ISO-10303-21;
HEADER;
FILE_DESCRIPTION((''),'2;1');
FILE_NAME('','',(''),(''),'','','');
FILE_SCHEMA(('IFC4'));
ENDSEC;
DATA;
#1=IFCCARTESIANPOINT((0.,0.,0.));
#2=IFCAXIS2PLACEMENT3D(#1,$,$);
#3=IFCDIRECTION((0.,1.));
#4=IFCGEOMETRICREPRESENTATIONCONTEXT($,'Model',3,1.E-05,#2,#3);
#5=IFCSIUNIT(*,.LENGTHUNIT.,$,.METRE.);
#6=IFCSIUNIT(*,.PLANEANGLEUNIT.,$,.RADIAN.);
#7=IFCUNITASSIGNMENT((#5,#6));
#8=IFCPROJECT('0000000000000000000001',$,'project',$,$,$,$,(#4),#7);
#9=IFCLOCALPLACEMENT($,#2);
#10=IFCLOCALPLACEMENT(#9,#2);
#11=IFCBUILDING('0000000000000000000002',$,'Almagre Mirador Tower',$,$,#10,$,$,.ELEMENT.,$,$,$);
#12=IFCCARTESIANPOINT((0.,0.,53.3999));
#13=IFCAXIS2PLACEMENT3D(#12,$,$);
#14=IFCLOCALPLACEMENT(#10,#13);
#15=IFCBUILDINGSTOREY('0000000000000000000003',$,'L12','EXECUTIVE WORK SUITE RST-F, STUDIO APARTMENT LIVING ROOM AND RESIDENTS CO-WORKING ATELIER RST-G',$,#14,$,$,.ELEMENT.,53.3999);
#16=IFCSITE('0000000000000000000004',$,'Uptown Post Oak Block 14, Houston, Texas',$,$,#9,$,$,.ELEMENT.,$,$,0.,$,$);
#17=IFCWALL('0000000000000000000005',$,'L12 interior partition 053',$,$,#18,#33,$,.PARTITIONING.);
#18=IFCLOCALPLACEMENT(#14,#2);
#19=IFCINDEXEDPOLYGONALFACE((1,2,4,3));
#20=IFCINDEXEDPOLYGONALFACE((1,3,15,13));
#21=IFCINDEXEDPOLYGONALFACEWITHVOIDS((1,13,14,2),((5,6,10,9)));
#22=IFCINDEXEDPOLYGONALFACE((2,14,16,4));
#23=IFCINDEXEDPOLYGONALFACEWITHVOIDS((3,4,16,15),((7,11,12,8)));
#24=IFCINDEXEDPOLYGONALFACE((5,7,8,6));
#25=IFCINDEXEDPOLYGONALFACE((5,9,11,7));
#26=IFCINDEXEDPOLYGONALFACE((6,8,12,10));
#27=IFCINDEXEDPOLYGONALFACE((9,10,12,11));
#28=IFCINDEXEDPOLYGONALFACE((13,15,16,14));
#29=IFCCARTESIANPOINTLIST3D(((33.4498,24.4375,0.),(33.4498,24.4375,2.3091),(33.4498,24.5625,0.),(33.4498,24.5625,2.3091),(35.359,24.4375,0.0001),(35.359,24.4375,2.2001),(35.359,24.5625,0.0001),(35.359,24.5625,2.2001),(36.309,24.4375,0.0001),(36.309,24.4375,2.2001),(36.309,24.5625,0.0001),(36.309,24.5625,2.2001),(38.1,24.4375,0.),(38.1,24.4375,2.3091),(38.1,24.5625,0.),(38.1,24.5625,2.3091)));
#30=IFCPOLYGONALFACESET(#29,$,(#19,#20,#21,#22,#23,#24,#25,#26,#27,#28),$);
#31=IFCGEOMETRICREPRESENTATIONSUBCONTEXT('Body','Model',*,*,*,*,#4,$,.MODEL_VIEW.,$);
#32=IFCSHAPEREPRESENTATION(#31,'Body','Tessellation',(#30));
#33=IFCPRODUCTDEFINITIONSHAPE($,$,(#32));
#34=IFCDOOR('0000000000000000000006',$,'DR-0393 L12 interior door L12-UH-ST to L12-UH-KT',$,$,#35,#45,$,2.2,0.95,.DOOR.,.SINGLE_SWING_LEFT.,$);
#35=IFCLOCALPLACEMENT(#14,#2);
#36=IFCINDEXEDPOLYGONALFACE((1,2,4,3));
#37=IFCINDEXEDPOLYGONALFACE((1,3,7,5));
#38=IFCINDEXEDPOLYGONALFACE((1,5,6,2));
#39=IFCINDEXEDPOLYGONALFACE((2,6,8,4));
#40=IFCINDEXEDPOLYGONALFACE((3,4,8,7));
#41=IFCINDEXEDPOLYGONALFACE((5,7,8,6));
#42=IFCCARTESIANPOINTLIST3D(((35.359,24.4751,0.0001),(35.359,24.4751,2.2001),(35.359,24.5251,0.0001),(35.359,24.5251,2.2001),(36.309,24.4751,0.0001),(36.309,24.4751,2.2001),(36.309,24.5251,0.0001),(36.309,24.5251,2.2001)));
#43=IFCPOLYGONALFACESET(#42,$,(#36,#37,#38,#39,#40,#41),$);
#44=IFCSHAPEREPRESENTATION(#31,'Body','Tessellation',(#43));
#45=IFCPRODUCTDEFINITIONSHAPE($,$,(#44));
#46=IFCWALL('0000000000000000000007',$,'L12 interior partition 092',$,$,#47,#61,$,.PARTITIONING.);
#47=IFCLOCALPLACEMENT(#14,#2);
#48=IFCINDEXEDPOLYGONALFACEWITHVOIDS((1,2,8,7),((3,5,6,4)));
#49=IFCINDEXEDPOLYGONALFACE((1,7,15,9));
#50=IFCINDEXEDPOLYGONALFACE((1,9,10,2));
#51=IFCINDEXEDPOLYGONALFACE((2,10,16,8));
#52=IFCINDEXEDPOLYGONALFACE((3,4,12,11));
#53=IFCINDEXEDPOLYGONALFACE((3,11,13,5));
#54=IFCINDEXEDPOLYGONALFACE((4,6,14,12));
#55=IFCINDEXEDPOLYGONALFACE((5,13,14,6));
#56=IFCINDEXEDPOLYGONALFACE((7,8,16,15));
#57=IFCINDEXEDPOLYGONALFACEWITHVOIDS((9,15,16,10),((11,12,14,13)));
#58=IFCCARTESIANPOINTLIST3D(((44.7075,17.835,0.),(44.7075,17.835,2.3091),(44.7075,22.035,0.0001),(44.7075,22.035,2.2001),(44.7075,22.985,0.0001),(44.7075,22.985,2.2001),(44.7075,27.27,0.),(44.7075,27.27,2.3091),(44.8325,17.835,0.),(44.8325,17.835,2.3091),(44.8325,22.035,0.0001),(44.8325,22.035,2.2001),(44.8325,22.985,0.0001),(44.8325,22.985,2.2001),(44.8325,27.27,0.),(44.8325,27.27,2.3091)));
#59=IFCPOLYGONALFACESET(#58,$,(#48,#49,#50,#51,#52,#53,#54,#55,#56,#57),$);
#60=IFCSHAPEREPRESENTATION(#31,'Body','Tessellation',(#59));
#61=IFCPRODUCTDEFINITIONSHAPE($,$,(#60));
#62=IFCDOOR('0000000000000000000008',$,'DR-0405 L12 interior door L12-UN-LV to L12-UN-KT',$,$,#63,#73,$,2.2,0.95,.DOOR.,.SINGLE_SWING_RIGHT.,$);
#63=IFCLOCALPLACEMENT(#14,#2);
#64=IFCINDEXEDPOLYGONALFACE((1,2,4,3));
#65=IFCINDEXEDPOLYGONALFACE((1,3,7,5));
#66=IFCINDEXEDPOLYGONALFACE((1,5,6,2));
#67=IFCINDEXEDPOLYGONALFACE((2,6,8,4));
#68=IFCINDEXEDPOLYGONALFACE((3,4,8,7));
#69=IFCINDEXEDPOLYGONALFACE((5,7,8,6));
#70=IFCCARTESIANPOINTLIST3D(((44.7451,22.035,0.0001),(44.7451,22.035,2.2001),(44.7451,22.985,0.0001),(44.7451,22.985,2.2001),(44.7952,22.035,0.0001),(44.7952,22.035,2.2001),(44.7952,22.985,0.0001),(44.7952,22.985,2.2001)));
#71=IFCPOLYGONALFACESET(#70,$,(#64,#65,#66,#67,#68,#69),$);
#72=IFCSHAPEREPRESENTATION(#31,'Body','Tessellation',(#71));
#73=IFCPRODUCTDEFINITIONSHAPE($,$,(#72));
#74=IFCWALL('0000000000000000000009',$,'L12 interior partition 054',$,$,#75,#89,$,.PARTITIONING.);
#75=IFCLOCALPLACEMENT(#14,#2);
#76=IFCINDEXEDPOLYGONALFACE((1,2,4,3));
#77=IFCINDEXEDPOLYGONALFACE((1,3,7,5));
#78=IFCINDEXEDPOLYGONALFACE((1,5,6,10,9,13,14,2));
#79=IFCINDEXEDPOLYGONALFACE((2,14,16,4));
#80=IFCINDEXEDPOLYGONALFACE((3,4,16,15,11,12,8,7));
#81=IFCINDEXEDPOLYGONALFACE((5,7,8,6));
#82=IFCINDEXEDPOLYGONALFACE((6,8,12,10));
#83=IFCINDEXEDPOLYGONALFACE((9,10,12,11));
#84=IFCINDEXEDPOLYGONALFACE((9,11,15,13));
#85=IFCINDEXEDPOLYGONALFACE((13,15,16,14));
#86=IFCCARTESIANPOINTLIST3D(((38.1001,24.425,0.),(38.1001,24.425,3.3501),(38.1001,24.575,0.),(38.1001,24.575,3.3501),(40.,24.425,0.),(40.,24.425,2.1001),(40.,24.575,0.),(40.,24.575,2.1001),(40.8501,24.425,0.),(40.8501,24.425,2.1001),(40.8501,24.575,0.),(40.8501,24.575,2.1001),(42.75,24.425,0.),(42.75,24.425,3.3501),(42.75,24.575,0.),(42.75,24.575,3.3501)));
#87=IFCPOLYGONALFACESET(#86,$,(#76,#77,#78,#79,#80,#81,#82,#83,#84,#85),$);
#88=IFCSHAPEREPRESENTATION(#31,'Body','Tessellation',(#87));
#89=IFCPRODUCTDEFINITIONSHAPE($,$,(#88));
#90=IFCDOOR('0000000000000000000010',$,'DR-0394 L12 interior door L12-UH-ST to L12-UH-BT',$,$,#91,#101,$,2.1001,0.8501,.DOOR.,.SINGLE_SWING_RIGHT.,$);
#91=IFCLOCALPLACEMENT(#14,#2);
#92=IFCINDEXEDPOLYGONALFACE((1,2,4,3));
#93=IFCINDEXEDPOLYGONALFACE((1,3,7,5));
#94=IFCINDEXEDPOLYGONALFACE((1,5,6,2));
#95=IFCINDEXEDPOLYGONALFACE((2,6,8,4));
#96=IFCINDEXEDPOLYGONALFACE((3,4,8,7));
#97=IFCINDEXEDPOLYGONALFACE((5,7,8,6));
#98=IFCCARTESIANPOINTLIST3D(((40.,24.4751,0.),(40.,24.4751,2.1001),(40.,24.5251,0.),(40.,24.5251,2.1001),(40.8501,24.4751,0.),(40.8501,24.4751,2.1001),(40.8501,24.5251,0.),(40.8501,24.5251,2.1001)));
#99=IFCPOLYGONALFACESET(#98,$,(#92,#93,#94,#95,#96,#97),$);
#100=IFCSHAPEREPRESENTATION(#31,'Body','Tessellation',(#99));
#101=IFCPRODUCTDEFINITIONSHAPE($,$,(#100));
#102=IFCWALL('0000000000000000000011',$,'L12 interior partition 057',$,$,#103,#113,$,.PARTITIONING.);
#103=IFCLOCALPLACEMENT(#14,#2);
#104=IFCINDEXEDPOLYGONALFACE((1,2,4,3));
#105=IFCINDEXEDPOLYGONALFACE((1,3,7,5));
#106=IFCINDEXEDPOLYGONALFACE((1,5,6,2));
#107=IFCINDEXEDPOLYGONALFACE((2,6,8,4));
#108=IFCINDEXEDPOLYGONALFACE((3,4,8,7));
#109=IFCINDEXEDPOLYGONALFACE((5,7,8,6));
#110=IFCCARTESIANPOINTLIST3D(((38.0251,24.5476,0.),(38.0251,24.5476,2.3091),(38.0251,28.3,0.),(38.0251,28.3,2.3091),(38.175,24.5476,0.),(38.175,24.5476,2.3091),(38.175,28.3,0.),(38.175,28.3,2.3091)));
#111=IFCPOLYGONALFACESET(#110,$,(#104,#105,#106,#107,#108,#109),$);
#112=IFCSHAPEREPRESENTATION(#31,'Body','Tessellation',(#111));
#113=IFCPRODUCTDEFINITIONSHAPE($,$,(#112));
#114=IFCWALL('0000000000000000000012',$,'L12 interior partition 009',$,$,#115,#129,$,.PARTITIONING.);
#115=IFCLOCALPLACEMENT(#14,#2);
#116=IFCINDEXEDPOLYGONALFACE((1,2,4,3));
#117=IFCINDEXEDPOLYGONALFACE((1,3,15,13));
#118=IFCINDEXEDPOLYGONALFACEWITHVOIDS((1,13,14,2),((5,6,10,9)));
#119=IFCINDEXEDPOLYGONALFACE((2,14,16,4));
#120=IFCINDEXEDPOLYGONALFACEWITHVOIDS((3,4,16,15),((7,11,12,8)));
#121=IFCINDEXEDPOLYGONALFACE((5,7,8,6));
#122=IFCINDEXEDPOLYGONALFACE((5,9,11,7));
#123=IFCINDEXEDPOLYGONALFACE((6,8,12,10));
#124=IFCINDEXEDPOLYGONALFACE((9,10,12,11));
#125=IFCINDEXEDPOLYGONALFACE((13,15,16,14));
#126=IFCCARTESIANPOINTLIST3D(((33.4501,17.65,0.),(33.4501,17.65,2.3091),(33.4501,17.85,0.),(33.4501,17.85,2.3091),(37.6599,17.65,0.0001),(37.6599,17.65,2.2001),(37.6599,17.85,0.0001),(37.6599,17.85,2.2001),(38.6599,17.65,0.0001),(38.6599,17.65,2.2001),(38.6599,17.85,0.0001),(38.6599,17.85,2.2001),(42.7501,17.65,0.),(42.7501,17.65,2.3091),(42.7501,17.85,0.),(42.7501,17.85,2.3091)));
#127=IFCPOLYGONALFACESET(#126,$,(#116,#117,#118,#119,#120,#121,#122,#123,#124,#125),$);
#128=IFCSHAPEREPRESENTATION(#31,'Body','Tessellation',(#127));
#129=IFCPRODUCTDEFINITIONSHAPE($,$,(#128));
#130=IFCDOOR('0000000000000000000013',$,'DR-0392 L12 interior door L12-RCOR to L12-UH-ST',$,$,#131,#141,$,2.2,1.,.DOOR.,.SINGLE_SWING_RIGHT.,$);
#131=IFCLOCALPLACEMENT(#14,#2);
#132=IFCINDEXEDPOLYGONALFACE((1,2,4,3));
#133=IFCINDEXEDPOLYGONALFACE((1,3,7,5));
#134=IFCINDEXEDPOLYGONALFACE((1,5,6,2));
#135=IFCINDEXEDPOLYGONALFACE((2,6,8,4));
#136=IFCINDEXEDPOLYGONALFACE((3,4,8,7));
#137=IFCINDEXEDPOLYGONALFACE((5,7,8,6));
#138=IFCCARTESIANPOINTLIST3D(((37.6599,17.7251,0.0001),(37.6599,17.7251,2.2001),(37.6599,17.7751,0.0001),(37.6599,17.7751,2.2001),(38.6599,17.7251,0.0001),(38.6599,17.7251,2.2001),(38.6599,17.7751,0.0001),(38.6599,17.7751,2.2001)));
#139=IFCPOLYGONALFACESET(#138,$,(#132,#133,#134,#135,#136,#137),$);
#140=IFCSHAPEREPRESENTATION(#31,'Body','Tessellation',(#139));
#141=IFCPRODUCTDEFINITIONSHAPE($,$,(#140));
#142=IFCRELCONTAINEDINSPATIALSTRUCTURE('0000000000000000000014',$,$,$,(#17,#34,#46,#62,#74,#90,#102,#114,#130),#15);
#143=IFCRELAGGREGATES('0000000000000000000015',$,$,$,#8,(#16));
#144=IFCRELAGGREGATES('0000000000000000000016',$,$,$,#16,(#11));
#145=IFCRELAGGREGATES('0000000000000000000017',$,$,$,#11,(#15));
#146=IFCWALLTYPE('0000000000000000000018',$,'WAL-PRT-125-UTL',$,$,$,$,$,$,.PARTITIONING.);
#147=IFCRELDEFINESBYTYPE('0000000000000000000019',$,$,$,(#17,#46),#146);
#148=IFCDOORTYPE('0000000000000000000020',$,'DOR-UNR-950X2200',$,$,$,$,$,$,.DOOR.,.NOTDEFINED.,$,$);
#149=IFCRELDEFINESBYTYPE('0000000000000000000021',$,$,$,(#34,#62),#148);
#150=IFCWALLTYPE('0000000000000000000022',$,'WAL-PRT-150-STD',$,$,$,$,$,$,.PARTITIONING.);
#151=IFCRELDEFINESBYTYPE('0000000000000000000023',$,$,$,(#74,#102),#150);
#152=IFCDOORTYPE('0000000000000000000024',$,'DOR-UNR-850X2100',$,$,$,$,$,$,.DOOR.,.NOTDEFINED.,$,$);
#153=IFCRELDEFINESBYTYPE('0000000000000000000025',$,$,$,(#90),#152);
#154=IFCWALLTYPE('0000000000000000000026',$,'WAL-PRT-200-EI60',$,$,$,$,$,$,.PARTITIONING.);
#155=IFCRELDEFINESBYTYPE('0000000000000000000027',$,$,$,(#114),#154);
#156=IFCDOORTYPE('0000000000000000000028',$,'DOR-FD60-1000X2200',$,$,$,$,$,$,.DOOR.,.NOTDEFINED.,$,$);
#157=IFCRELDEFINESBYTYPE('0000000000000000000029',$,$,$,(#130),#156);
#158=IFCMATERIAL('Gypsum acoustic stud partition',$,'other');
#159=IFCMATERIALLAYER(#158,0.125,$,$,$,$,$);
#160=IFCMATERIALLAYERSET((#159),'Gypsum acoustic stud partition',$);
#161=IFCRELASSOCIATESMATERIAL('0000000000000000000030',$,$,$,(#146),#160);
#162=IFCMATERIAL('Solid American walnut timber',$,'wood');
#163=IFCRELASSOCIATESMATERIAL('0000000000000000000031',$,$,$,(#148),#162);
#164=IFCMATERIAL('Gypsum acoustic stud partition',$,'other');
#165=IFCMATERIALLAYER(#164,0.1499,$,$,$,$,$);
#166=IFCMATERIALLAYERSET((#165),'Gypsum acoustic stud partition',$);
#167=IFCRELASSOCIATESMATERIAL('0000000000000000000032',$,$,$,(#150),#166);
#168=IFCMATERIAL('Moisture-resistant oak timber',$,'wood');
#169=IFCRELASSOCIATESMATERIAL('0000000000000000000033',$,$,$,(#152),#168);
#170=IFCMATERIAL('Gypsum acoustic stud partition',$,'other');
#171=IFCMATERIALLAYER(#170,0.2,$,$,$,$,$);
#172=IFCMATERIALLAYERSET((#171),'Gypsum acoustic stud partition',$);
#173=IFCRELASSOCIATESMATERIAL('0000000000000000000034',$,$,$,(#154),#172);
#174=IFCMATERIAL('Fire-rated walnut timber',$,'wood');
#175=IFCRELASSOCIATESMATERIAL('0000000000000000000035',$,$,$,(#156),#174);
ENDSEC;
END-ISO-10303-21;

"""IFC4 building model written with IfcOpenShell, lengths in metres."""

from ifc_helpers import new_model, si_unit, direction, frame, frame_2d, origin, place, context, subcontext, project, spatial, rectangle, extrude, material, layer, layer_set, type_object, element, fill, save


model = new_model("IFC4")

# Units and contexts
model_context = context("Model", 3, precision=1e-05, world=origin(), true_north=direction((0.0, 1.0)))
body_context = subcontext(model_context, "Body", "Model", "MODEL_VIEW")
ifc_project = project(units=[si_unit("LENGTHUNIT", "METRE"), si_unit("PLANEANGLEUNIT", "RADIAN")], contexts=[model_context])

# Site, building, storey
site_placement = place(None, origin())
site = spatial("IfcSite", under=ifc_project, at=site_placement, Name="Uptown Post Oak Block 14, Houston, Texas", CompositionType="ELEMENT", RefElevation=0.0)
building_placement = place(site_placement, origin())
building = spatial("IfcBuilding", under=site, at=building_placement, Name="Almagre Mirador Tower", CompositionType="ELEMENT")
storey_placement = place(building_placement, frame((0.0, 0.0, 53.3999)))
storey = spatial("IfcBuildingStorey", under=building, at=storey_placement, Name="L12", Description="EXECUTIVE WORK SUITE RST-F, STUDIO APARTMENT LIVING ROOM AND RESIDENTS CO-WORKING ATELIER RST-G", CompositionType="ELEMENT", Elevation=53.3999)

# Walls, openings, doors
ifc_material_1 = material(Name="Gypsum acoustic stud partition", Category="other")
ifc_layer_1 = layer(ifc_material_1, 0.125)
ifc_layer_set_1 = layer_set([ifc_layer_1], Name="Gypsum acoustic stud partition")
wall_type_1 = type_object("IfcWallType", Name="WAL-PRT-125-UTL", PredefinedType="PARTITIONING", material=ifc_layer_set_1)
wall_1_placement = place(storey_placement, frame((38.1001, 24.5, 0.0), z_axis=(0.0, 0.0, 1.0), x_axis=(-1.0, 0.0, 0.0)))
wall_1 = element("IfcWall", 1, at=wall_1_placement, inside=storey, type_object=wall_type_1, Name="L12 interior partition 053", PredefinedType="PARTITIONING", context=body_context, shape_type="SweptSolid", body=[
    extrude(rectangle(XDim=4.6501, YDim=0.125, at=frame_2d((2.3252, 0.0))), origin(), (0.0, 0.0, 1.0), 2.3091),
])
opening_1_placement = place(wall_1_placement, frame((1.791, 0.0, 0.0)))
opening_1 = element("IfcOpeningElement", 2, at=opening_1_placement, cuts=wall_1, PredefinedType="OPENING", context=body_context, shape_type="SweptSolid", body=[
    extrude(rectangle(XDim=0.95, YDim=2.2, at=frame_2d((0.4751, 1.1001))), frame((0.0, 0.0725, 0.0), z_axis=(0.0, -1.0, 0.0), x_axis=(1.0, 0.0, 0.0)), (0.0, 0.0, 1.0), 0.145),
])
ifc_material_2 = material(Name="Solid American walnut timber", Category="wood")
door_type_1 = type_object("IfcDoorType", Name="DOR-UNR-950X2200", OperationType="NOTDEFINED", PredefinedType="DOOR", material=ifc_material_2)
door_1_placement = place(opening_1_placement, origin())
door_1 = element("IfcDoor", 3, at=door_1_placement, inside=storey, type_object=door_type_1, Name="DR-0393 L12 interior door L12-UH-ST to L12-UH-KT", OperationType="SINGLE_SWING_LEFT", OverallHeight=2.2, OverallWidth=0.95, PredefinedType="DOOR", context=body_context, shape_type="SweptSolid", body=[
    extrude(rectangle(XDim=0.95, YDim=2.2, at=frame_2d((0.4751, 1.1001))), frame((0.0, 0.0249, 0.0), z_axis=(0.0, -1.0, 0.0), x_axis=(1.0, 0.0, 0.0)), (0.0, 0.0, 1.0), 0.05),
])
fill(opening_1, door_1)
wall_2_placement = place(storey_placement, frame((44.77, 17.835, 0.0), z_axis=(0.0, 0.0, 1.0), x_axis=(0.0, 1.0, 0.0)))
wall_2 = element("IfcWall", 4, at=wall_2_placement, inside=storey, type_object=wall_type_1, Name="L12 interior partition 092", PredefinedType="PARTITIONING", context=body_context, shape_type="SweptSolid", body=[
    extrude(rectangle(XDim=9.4351, YDim=0.125, at=frame_2d((4.7175, 0.0))), origin(), (0.0, 0.0, 1.0), 2.3091),
])
opening_2_placement = place(wall_2_placement, frame((4.2, 0.0, 0.0)))
opening_2 = element("IfcOpeningElement", 5, at=opening_2_placement, cuts=wall_2, PredefinedType="OPENING", context=body_context, shape_type="SweptSolid", body=[
    extrude(rectangle(XDim=0.95, YDim=2.2, at=frame_2d((0.4751, 1.1001))), frame((0.0, 0.0725, 0.0), z_axis=(0.0, -1.0, 0.0), x_axis=(1.0, 0.0, 0.0)), (0.0, 0.0, 1.0), 0.145),
])
door_2_placement = place(opening_2_placement, origin())
door_2 = element("IfcDoor", 6, at=door_2_placement, inside=storey, type_object=door_type_1, Name="DR-0405 L12 interior door L12-UN-LV to L12-UN-KT", OperationType="SINGLE_SWING_RIGHT", OverallHeight=2.2, OverallWidth=0.95, PredefinedType="DOOR", context=body_context, shape_type="SweptSolid", body=[
    extrude(rectangle(XDim=0.95, YDim=2.2, at=frame_2d((0.4751, 1.1001))), frame((0.0, 0.0249, 0.0), z_axis=(0.0, -1.0, 0.0), x_axis=(1.0, 0.0, 0.0)), (0.0, 0.0, 1.0), 0.05),
])
fill(opening_2, door_2)
ifc_material_3 = material(Name="Gypsum acoustic stud partition", Category="other")
ifc_layer_2 = layer(ifc_material_3, 0.1499)
ifc_layer_set_2 = layer_set([ifc_layer_2], Name="Gypsum acoustic stud partition")
wall_type_2 = type_object("IfcWallType", Name="WAL-PRT-150-STD", PredefinedType="PARTITIONING", material=ifc_layer_set_2)
wall_3_placement = place(storey_placement, frame((42.75, 24.5, 0.0), z_axis=(0.0, 0.0, 1.0), x_axis=(-1.0, 0.0, 0.0)))
wall_3 = element("IfcWall", 7, at=wall_3_placement, inside=storey, type_object=wall_type_2, Name="L12 interior partition 054", PredefinedType="PARTITIONING", context=body_context, shape_type="SweptSolid", body=[
    extrude(rectangle(XDim=4.6499, YDim=0.1499, at=frame_2d((2.325, 0.0))), origin(), (0.0, 0.0, 1.0), 3.3501),
])
opening_3_placement = place(wall_3_placement, frame((1.8999, 0.0, 0.0)))
opening_3 = element("IfcOpeningElement", 8, at=opening_3_placement, cuts=wall_3, PredefinedType="OPENING", context=body_context, shape_type="SweptSolid", body=[
    extrude(rectangle(XDim=0.8501, YDim=2.1001, at=frame_2d((0.425, 1.05))), frame((0.0, 0.085, 0.0), z_axis=(0.0, -1.0, 0.0), x_axis=(1.0, 0.0, 0.0)), (0.0, 0.0, 1.0), 0.1699),
])
ifc_material_4 = material(Name="Moisture-resistant oak timber", Category="wood")
door_type_2 = type_object("IfcDoorType", Name="DOR-UNR-850X2100", OperationType="NOTDEFINED", PredefinedType="DOOR", material=ifc_material_4)
door_3_placement = place(opening_3_placement, origin())
door_3 = element("IfcDoor", 9, at=door_3_placement, inside=storey, type_object=door_type_2, Name="DR-0394 L12 interior door L12-UH-ST to L12-UH-BT", OperationType="SINGLE_SWING_RIGHT", OverallHeight=2.1001, OverallWidth=0.8501, PredefinedType="DOOR", context=body_context, shape_type="SweptSolid", body=[
    extrude(rectangle(XDim=0.8501, YDim=2.1001, at=frame_2d((0.425, 1.05))), frame((0.0, 0.0249, 0.0), z_axis=(0.0, -1.0, 0.0), x_axis=(1.0, 0.0, 0.0)), (0.0, 0.0, 1.0), 0.05),
])
fill(opening_3, door_3)

# Wall
wall_4_placement = place(storey_placement, frame((38.1001, 24.5476, 0.0), z_axis=(0.0, 0.0, 1.0), x_axis=(0.0, 1.0, 0.0)))
element("IfcWall", 10, at=wall_4_placement, inside=storey, type_object=wall_type_2, Name="L12 interior partition 057", PredefinedType="PARTITIONING", context=body_context, shape_type="SweptSolid", body=[
    extrude(rectangle(XDim=3.7524, YDim=0.1499, at=frame_2d((1.8762, 0.0))), origin(), (0.0, 0.0, 1.0), 2.3091),
])

# Wall, opening, door
ifc_material_5 = material(Name="Gypsum acoustic stud partition", Category="other")
ifc_layer_3 = layer(ifc_material_5, 0.2)
ifc_layer_set_3 = layer_set([ifc_layer_3], Name="Gypsum acoustic stud partition")
wall_type_3 = type_object("IfcWallType", Name="WAL-PRT-200-EI60", PredefinedType="PARTITIONING", material=ifc_layer_set_3)
wall_5_placement = place(storey_placement, frame((42.75, 17.75, 0.0), z_axis=(0.0, 0.0, 1.0), x_axis=(-1.0, 0.0, 0.0)))
wall_5 = element("IfcWall", 11, at=wall_5_placement, inside=storey, type_object=wall_type_3, Name="L12 interior partition 009", PredefinedType="PARTITIONING", context=body_context, shape_type="SweptSolid", body=[
    extrude(rectangle(XDim=9.3, YDim=0.2, at=frame_2d((4.6499, 0.0))), origin(), (0.0, 0.0, 1.0), 2.3091),
])
opening_4_placement = place(wall_5_placement, frame((4.0901, 0.0, 0.0)))
opening_4 = element("IfcOpeningElement", 12, at=opening_4_placement, cuts=wall_5, PredefinedType="OPENING", context=body_context, shape_type="SweptSolid", body=[
    extrude(rectangle(XDim=1.0, YDim=2.2, at=frame_2d((0.5, 1.1001))), frame((0.0, 0.1101, 0.0), z_axis=(0.0, -1.0, 0.0), x_axis=(1.0, 0.0, 0.0)), (0.0, 0.0, 1.0), 0.22),
])
ifc_material_6 = material(Name="Fire-rated walnut timber", Category="wood")
door_type_3 = type_object("IfcDoorType", Name="DOR-FD60-1000X2200", OperationType="NOTDEFINED", PredefinedType="DOOR", material=ifc_material_6)
door_4_placement = place(opening_4_placement, origin())
door_4 = element("IfcDoor", 13, at=door_4_placement, inside=storey, type_object=door_type_3, Name="DR-0392 L12 interior door L12-RCOR to L12-UH-ST", OperationType="SINGLE_SWING_RIGHT", OverallHeight=2.2, OverallWidth=1.0, PredefinedType="DOOR", context=body_context, shape_type="SweptSolid", body=[
    extrude(rectangle(XDim=1.0, YDim=2.2, at=frame_2d((0.5, 1.1001))), frame((0.0, 0.0249, 0.0), z_axis=(0.0, -1.0, 0.0), x_axis=(1.0, 0.0, 0.0)), (0.0, 0.0, 1.0), 0.05),
])
fill(opening_4, door_4)

save(model, "model.ifc")
